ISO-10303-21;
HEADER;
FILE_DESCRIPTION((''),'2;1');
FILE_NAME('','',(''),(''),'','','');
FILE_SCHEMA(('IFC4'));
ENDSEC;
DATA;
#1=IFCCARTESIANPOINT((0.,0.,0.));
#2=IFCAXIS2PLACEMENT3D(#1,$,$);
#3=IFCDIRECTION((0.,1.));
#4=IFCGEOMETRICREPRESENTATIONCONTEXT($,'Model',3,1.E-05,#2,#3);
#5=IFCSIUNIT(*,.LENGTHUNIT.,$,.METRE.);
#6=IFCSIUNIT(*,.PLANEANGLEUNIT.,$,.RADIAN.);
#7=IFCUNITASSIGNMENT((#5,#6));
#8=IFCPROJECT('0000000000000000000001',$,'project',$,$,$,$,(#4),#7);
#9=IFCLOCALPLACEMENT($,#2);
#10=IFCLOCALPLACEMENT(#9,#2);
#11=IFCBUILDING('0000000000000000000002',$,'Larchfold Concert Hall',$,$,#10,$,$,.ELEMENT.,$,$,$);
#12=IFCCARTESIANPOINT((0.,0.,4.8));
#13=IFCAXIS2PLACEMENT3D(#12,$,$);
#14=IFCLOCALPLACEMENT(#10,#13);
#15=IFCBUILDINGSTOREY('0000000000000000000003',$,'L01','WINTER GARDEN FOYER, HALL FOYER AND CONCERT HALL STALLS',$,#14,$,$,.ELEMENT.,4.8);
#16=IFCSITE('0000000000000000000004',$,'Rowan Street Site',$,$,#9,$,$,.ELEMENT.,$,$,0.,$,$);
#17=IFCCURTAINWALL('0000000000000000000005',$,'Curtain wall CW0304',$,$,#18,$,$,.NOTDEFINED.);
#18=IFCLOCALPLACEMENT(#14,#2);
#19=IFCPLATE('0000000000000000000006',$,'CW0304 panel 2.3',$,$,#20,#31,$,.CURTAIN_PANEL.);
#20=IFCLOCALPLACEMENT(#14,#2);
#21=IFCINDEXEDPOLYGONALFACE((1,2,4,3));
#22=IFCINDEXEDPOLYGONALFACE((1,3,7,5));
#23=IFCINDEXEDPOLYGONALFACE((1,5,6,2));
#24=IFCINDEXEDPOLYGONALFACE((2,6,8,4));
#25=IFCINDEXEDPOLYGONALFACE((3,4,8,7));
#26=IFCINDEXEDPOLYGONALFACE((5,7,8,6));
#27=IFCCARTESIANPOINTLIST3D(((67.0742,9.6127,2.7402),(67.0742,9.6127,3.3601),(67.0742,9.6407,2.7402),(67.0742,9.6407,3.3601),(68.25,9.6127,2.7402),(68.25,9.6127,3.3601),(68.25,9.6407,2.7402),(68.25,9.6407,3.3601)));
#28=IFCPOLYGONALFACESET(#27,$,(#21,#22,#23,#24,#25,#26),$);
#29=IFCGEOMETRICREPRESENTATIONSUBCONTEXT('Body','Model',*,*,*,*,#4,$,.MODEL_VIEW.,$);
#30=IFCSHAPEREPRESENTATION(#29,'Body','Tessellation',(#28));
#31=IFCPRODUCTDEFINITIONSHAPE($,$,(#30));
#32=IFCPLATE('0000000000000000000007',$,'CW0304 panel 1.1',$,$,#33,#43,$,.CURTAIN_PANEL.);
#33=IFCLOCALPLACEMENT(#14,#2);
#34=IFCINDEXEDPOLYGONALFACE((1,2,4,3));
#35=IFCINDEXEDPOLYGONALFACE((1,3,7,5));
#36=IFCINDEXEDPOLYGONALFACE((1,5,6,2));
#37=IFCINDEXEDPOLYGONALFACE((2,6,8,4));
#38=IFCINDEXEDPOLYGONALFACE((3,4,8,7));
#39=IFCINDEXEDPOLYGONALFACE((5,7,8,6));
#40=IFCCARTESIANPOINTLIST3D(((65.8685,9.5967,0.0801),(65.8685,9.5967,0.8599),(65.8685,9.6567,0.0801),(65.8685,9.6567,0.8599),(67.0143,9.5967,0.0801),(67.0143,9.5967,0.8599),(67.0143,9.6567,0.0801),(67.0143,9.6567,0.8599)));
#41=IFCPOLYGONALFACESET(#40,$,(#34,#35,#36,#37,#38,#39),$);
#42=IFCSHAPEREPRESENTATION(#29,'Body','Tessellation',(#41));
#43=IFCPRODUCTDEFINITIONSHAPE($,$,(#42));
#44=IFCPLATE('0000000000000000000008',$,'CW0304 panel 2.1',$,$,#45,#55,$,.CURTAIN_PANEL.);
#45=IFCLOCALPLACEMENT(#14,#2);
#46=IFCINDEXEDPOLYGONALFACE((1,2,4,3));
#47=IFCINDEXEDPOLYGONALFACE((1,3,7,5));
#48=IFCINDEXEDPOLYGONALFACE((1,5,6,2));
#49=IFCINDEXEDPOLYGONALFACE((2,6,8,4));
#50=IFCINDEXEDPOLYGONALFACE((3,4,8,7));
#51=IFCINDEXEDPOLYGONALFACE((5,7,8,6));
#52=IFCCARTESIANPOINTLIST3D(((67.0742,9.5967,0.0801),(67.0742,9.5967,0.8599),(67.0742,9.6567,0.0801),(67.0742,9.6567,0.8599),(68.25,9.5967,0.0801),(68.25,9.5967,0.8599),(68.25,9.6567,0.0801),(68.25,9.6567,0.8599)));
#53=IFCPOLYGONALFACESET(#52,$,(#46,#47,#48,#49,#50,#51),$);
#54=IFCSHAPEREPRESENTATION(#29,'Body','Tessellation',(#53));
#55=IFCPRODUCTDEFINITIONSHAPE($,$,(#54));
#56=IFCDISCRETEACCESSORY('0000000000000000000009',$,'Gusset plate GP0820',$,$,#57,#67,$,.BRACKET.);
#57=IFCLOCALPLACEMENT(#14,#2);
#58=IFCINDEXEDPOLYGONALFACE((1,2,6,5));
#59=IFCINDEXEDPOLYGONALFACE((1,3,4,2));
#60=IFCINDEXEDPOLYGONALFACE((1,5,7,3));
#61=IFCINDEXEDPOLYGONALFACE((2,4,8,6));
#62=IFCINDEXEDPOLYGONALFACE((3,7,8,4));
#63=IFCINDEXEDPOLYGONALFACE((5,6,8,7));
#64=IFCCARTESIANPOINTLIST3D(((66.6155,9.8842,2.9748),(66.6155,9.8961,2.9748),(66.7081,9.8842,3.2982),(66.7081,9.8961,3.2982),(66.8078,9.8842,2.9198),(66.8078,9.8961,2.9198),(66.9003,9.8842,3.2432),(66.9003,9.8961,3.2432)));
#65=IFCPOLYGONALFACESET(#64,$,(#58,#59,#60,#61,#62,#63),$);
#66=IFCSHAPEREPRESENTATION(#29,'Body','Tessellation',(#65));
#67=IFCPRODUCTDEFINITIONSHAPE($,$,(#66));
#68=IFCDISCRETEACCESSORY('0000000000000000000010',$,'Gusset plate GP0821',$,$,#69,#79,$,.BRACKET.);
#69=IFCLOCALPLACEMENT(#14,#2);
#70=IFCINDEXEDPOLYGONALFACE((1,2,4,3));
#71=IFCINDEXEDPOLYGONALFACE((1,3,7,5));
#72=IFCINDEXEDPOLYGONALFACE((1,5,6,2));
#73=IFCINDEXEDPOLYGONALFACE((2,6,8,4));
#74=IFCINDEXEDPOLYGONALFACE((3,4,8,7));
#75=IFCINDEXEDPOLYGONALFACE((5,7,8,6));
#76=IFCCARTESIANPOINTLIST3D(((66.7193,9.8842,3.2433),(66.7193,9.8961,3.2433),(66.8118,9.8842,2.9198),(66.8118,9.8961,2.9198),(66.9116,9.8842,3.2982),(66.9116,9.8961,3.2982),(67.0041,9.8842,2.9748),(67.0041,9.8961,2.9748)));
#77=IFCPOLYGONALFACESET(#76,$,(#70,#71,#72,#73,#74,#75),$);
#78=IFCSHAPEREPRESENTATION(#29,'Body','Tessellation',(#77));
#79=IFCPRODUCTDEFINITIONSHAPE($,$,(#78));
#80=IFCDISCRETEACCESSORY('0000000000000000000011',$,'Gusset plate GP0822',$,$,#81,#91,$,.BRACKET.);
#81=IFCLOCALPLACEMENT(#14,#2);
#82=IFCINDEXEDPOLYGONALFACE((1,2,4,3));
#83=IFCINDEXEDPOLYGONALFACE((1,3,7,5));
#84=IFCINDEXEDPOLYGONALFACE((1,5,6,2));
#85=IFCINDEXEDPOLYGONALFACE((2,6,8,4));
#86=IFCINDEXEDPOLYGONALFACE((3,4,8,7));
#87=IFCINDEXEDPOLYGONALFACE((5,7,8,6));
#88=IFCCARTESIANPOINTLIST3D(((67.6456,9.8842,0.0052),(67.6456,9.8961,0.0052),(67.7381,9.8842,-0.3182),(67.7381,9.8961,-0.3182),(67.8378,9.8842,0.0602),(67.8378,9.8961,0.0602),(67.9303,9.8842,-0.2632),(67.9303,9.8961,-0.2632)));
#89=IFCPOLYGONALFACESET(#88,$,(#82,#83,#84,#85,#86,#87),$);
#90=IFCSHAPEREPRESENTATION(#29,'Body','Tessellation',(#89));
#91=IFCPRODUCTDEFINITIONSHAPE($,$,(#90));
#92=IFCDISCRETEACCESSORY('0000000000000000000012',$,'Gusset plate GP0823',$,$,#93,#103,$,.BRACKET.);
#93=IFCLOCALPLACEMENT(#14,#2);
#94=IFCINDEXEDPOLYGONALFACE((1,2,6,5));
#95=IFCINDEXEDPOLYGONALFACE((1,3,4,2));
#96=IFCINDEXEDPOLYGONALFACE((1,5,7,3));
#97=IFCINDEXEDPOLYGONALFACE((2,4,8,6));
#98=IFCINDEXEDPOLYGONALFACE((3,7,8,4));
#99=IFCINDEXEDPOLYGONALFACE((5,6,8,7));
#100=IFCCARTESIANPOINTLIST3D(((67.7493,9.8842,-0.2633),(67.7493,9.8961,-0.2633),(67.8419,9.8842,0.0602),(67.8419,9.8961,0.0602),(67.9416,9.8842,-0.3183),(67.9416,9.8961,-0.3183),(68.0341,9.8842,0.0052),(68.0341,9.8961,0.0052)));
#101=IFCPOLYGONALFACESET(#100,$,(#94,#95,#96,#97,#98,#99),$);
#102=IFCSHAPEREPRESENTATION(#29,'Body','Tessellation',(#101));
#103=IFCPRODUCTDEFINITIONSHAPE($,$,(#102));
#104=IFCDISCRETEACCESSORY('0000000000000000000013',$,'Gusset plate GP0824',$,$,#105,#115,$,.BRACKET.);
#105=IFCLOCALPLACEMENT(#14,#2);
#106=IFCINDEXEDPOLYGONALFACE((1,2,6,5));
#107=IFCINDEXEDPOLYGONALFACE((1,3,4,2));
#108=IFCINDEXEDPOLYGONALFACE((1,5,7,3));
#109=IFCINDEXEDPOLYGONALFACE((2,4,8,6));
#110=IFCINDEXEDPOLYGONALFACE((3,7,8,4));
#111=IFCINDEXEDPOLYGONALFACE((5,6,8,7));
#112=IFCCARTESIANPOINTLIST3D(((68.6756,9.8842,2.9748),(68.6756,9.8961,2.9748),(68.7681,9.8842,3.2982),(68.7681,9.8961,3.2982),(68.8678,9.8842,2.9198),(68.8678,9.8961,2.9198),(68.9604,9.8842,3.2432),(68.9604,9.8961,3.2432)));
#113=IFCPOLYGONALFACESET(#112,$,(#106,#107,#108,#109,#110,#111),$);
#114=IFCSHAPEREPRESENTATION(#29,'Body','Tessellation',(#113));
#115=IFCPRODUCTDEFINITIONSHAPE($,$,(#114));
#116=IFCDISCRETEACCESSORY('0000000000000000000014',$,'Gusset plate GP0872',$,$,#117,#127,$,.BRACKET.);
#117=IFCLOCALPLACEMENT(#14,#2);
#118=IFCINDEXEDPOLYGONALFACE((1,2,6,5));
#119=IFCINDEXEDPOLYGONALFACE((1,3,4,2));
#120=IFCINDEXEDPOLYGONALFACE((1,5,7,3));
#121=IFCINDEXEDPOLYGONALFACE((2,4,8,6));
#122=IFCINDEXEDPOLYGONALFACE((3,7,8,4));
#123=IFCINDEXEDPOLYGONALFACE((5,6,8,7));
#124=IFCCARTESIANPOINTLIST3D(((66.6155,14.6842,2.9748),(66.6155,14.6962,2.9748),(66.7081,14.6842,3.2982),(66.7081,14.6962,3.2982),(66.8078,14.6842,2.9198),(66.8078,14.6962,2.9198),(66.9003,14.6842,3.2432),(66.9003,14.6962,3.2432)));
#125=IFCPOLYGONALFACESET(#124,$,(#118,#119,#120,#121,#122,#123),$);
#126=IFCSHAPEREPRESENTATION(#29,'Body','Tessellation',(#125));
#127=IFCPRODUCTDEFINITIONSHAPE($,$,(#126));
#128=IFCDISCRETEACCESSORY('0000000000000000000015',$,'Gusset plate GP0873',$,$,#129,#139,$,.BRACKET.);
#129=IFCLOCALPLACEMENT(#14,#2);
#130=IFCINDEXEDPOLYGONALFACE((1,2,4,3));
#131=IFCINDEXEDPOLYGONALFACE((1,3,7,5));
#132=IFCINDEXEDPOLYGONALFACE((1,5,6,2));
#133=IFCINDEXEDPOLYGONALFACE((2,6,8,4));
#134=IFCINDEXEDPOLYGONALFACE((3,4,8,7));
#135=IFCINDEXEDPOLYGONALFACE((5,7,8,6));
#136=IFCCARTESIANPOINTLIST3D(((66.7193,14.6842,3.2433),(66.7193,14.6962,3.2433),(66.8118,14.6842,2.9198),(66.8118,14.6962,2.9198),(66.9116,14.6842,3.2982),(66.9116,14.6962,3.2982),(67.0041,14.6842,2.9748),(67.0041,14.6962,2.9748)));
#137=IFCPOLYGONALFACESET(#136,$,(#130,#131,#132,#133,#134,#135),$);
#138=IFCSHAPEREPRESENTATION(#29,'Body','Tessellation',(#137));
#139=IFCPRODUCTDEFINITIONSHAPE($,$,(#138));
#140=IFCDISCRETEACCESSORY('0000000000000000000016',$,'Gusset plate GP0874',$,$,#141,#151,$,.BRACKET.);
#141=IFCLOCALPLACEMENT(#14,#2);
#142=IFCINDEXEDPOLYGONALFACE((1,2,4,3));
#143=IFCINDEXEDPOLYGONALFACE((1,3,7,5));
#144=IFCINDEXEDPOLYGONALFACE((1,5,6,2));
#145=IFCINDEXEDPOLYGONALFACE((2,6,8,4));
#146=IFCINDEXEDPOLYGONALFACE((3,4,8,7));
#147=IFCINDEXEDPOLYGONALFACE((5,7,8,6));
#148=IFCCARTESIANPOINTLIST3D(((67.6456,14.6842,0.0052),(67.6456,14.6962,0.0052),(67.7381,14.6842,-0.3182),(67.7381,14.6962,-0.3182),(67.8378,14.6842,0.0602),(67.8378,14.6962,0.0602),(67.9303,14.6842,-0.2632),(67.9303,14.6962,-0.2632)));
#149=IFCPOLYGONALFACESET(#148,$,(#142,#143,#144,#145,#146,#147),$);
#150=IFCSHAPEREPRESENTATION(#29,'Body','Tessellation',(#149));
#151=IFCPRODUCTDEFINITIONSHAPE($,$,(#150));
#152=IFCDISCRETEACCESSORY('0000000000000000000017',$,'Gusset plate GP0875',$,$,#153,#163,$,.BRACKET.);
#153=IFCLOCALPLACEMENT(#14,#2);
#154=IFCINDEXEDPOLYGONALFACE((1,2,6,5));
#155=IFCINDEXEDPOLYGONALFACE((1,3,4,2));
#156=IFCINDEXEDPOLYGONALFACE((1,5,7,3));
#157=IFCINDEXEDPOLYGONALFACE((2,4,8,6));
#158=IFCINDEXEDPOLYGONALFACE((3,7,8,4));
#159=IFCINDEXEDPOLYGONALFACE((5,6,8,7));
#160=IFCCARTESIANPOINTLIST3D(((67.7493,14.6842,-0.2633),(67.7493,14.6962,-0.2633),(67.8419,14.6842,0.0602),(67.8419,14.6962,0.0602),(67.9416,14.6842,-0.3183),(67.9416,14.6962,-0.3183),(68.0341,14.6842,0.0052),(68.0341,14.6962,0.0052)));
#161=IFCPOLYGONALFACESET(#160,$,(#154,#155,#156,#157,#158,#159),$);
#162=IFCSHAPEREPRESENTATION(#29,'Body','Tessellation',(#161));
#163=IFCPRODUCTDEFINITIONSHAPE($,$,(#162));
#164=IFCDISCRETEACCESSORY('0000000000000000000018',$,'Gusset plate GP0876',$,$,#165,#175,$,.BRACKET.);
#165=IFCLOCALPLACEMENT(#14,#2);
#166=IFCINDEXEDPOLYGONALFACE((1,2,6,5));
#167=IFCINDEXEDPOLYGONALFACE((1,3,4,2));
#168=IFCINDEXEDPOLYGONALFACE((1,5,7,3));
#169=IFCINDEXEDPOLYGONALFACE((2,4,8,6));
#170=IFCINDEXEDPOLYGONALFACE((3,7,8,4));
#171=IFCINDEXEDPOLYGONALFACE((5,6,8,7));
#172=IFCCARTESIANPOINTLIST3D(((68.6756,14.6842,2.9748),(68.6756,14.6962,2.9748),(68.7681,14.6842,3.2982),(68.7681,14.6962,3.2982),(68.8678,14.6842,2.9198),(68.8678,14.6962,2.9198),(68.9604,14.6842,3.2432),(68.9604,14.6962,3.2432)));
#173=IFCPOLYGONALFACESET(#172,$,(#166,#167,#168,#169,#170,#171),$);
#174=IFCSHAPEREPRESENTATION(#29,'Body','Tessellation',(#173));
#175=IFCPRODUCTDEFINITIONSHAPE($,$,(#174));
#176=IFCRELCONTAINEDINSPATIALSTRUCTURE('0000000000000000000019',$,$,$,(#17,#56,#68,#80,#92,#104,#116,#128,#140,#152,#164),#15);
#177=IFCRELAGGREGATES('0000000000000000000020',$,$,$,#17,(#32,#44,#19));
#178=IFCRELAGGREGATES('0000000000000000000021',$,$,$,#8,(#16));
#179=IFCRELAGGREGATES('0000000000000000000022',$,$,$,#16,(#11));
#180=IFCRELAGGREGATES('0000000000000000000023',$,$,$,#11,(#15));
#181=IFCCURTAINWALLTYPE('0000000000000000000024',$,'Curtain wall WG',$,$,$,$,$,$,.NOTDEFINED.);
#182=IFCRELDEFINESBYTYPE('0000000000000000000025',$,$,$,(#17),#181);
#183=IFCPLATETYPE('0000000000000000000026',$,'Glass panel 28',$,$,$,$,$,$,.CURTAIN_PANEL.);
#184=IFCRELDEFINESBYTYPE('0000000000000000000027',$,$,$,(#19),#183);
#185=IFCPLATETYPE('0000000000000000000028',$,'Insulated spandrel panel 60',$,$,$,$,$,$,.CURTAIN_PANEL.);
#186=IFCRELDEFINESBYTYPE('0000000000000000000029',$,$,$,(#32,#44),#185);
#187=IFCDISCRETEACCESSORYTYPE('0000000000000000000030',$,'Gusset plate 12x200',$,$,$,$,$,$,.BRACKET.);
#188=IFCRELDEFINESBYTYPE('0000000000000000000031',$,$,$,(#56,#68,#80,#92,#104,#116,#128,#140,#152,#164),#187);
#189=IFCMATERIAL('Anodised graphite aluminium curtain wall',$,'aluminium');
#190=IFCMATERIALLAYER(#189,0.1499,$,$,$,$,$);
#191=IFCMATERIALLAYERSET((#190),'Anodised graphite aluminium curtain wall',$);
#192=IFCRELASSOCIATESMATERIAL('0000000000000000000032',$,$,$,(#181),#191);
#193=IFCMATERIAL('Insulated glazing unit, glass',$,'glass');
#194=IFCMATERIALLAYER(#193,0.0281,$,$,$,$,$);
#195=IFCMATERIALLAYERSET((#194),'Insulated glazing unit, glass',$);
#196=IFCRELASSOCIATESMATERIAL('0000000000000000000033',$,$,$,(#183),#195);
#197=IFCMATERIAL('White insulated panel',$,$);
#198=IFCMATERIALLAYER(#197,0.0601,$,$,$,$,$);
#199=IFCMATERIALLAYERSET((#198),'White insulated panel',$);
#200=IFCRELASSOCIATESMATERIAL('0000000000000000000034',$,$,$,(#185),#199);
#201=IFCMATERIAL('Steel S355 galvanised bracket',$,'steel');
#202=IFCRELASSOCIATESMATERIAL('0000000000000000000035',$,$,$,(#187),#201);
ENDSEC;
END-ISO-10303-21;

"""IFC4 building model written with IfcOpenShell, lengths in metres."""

from ifc_helpers import new_model, si_unit, direction, frame, origin, origin_2d, place, context, subcontext, project, spatial, rectangle, extrude, material, layer, layer_set, material_profile, profile_set, type_object, element, aggregate, save


model = new_model("IFC4")

# Units and contexts
model_context = context("Model", 3, precision=1e-05, world=origin(), true_north=direction((0.0, 1.0)))
body_context = subcontext(model_context, "Body", "Model", "MODEL_VIEW")
ifc_project = project(units=[si_unit("LENGTHUNIT", "METRE"), si_unit("PLANEANGLEUNIT", "RADIAN")], contexts=[model_context])

# Site, building, storey
site_placement = place(None, origin())
site = spatial("IfcSite", under=ifc_project, at=site_placement, Name="Rowan Street Site", CompositionType="ELEMENT", RefElevation=0.0)
building_placement = place(site_placement, origin())
building = spatial("IfcBuilding", under=site, at=building_placement, Name="Larchfold Concert Hall", CompositionType="ELEMENT")
storey_placement = place(building_placement, frame((0.0, 0.0, 4.8)))
storey = spatial("IfcBuildingStorey", under=building, at=storey_placement, Name="L01", Description="WINTER GARDEN FOYER, HALL FOYER AND CONCERT HALL STALLS", CompositionType="ELEMENT", Elevation=4.8)

# Curtain wall
ifc_material_1 = material(Name="Anodised graphite aluminium curtain wall", Category="aluminium")
ifc_layer_1 = layer(ifc_material_1, 0.1499)
ifc_layer_set_1 = layer_set([ifc_layer_1], Name="Anodised graphite aluminium curtain wall")
curtain_wall_type = type_object("IfcCurtainWallType", Name="Curtain wall WG", PredefinedType="NOTDEFINED", material=ifc_layer_set_1)
curtain_wall_placement = place(storey_placement, origin())
curtain_wall = element("IfcCurtainWall", 1, at=curtain_wall_placement, inside=storey, type_object=curtain_wall_type, Name="Curtain wall CW0304", PredefinedType="NOTDEFINED")

# Plates
ifc_material_2 = material(Name="Insulated glazing unit, glass", Category="glass")
ifc_layer_2 = layer(ifc_material_2, 0.0281)
ifc_layer_set_2 = layer_set([ifc_layer_2], Name="Insulated glazing unit, glass")
plate_type_1 = type_object("IfcPlateType", Name="Glass panel 28", PredefinedType="CURTAIN_PANEL", material=ifc_layer_set_2)
plate_1_placement = place(storey_placement, frame((67.6621, 9.6267, 2.7402), z_axis=(0.0, 0.0, 1.0), x_axis=(1.0, 0.0, 0.0)))
plate_1 = element("IfcPlate", 2, at=plate_1_placement, type_object=plate_type_1, Name="CW0304 panel 2.3", PredefinedType="CURTAIN_PANEL", context=body_context, shape_type="SweptSolid", body=[
    extrude(rectangle(XDim=1.1758, YDim=0.0281, at=origin_2d()), origin(), (0.0, 0.0, 1.0), 0.6199),
])
ifc_material_3 = material(Name="White insulated panel")
ifc_layer_3 = layer(ifc_material_3, 0.0601)
ifc_layer_set_3 = layer_set([ifc_layer_3], Name="White insulated panel")
plate_type_2 = type_object("IfcPlateType", Name="Insulated spandrel panel 60", PredefinedType="CURTAIN_PANEL", material=ifc_layer_set_3)
plate_2_placement = place(storey_placement, frame((66.4414, 9.6267, 0.0801), z_axis=(0.0, 0.0, 1.0), x_axis=(1.0, 0.0, 0.0)))
plate_2 = element("IfcPlate", 3, at=plate_2_placement, type_object=plate_type_2, Name="CW0304 panel 1.1", PredefinedType="CURTAIN_PANEL", context=body_context, shape_type="SweptSolid", body=[
    extrude(rectangle(XDim=1.1458, YDim=0.0601, at=origin_2d()), origin(), (0.0, 0.0, 1.0), 0.7798),
])
plate_3_placement = place(storey_placement, frame((67.6621, 9.6267, 0.0801), z_axis=(0.0, 0.0, 1.0), x_axis=(1.0, 0.0, 0.0)))
plate_3 = element("IfcPlate", 4, at=plate_3_placement, type_object=plate_type_2, Name="CW0304 panel 2.1", PredefinedType="CURTAIN_PANEL", context=body_context, shape_type="SweptSolid", body=[
    extrude(rectangle(XDim=1.1758, YDim=0.0601, at=origin_2d()), origin(), (0.0, 0.0, 1.0), 0.7798),
])
aggregate(curtain_wall, [plate_2, plate_3, plate_1])

# Discrete accessories
ifc_material_4 = material(Name="Steel S355 galvanised bracket", Category="steel")
ifc_material_profile_1 = material_profile(ifc_material_4, rectangle(XDim=0.012, YDim=0.2, at=origin_2d()))
ifc_profile_set_1 = profile_set([ifc_material_profile_1], Name="Steel S355 galvanised bracket")
discrete_accessory_type = type_object("IfcDiscreteAccessoryType", Name="Gusset plate 12x200", PredefinedType="BRACKET", material=ifc_profile_set_1)
for number, where, z_axis, x_axis, name in (
    (5, (66.7117, 9.8901, 2.9473), (0.275009, 0.0, 0.961442), (0.0, 1.0, 0.0), "Gusset plate GP0820"),
    (6, (66.8154, 9.8901, 3.2708), (0.275009, 0.0, -0.961442), (0.0, 1.0, 0.0), "Gusset plate GP0821"),
    (7, (67.7417, 9.8901, 0.0327), (0.275009, 0.0, -0.961442), (0.0, 1.0, 0.0), "Gusset plate GP0822"),
    (8, (67.8455, 9.8901, -0.2908), (0.275009, 0.0, 0.961442), (0.0, 1.0, 0.0), "Gusset plate GP0823"),
    (9, (68.7717, 9.8901, 2.9473), (0.275009, 0.0, 0.961442), (0.0, 1.0, 0.0), "Gusset plate GP0824"),
    (10, (66.7117, 14.6902, 2.9473), (0.275009, 0.0, 0.961442), (0.0, 1.0, 0.0), "Gusset plate GP0872"),
    (11, (66.8154, 14.6902, 3.2708), (0.275009, 0.0, -0.961442), (0.0, 1.0, 0.0), "Gusset plate GP0873"),
    (12, (67.7417, 14.6902, 0.0327), (0.275009, 0.0, -0.961442), (0.0, 1.0, 0.0), "Gusset plate GP0874"),
    (13, (67.8455, 14.6902, -0.2908), (0.275009, 0.0, 0.961442), (0.0, 1.0, 0.0), "Gusset plate GP0875"),
    (14, (68.7717, 14.6902, 2.9473), (0.275009, 0.0, 0.961442), (0.0, 1.0, 0.0), "Gusset plate GP0876"),
):
    element("IfcDiscreteAccessory", number, at=place(storey_placement, frame(where, z_axis=z_axis, x_axis=x_axis)), inside=storey, type_object=discrete_accessory_type, Name=name, PredefinedType="BRACKET", context=body_context, shape_type="SweptSolid", body=[
        extrude(rectangle(XDim=0.012, YDim=0.2, at=origin_2d()), origin(), (0.0, 0.0, 1.0), 0.3364),
    ])

save(model, "model.ifc")
